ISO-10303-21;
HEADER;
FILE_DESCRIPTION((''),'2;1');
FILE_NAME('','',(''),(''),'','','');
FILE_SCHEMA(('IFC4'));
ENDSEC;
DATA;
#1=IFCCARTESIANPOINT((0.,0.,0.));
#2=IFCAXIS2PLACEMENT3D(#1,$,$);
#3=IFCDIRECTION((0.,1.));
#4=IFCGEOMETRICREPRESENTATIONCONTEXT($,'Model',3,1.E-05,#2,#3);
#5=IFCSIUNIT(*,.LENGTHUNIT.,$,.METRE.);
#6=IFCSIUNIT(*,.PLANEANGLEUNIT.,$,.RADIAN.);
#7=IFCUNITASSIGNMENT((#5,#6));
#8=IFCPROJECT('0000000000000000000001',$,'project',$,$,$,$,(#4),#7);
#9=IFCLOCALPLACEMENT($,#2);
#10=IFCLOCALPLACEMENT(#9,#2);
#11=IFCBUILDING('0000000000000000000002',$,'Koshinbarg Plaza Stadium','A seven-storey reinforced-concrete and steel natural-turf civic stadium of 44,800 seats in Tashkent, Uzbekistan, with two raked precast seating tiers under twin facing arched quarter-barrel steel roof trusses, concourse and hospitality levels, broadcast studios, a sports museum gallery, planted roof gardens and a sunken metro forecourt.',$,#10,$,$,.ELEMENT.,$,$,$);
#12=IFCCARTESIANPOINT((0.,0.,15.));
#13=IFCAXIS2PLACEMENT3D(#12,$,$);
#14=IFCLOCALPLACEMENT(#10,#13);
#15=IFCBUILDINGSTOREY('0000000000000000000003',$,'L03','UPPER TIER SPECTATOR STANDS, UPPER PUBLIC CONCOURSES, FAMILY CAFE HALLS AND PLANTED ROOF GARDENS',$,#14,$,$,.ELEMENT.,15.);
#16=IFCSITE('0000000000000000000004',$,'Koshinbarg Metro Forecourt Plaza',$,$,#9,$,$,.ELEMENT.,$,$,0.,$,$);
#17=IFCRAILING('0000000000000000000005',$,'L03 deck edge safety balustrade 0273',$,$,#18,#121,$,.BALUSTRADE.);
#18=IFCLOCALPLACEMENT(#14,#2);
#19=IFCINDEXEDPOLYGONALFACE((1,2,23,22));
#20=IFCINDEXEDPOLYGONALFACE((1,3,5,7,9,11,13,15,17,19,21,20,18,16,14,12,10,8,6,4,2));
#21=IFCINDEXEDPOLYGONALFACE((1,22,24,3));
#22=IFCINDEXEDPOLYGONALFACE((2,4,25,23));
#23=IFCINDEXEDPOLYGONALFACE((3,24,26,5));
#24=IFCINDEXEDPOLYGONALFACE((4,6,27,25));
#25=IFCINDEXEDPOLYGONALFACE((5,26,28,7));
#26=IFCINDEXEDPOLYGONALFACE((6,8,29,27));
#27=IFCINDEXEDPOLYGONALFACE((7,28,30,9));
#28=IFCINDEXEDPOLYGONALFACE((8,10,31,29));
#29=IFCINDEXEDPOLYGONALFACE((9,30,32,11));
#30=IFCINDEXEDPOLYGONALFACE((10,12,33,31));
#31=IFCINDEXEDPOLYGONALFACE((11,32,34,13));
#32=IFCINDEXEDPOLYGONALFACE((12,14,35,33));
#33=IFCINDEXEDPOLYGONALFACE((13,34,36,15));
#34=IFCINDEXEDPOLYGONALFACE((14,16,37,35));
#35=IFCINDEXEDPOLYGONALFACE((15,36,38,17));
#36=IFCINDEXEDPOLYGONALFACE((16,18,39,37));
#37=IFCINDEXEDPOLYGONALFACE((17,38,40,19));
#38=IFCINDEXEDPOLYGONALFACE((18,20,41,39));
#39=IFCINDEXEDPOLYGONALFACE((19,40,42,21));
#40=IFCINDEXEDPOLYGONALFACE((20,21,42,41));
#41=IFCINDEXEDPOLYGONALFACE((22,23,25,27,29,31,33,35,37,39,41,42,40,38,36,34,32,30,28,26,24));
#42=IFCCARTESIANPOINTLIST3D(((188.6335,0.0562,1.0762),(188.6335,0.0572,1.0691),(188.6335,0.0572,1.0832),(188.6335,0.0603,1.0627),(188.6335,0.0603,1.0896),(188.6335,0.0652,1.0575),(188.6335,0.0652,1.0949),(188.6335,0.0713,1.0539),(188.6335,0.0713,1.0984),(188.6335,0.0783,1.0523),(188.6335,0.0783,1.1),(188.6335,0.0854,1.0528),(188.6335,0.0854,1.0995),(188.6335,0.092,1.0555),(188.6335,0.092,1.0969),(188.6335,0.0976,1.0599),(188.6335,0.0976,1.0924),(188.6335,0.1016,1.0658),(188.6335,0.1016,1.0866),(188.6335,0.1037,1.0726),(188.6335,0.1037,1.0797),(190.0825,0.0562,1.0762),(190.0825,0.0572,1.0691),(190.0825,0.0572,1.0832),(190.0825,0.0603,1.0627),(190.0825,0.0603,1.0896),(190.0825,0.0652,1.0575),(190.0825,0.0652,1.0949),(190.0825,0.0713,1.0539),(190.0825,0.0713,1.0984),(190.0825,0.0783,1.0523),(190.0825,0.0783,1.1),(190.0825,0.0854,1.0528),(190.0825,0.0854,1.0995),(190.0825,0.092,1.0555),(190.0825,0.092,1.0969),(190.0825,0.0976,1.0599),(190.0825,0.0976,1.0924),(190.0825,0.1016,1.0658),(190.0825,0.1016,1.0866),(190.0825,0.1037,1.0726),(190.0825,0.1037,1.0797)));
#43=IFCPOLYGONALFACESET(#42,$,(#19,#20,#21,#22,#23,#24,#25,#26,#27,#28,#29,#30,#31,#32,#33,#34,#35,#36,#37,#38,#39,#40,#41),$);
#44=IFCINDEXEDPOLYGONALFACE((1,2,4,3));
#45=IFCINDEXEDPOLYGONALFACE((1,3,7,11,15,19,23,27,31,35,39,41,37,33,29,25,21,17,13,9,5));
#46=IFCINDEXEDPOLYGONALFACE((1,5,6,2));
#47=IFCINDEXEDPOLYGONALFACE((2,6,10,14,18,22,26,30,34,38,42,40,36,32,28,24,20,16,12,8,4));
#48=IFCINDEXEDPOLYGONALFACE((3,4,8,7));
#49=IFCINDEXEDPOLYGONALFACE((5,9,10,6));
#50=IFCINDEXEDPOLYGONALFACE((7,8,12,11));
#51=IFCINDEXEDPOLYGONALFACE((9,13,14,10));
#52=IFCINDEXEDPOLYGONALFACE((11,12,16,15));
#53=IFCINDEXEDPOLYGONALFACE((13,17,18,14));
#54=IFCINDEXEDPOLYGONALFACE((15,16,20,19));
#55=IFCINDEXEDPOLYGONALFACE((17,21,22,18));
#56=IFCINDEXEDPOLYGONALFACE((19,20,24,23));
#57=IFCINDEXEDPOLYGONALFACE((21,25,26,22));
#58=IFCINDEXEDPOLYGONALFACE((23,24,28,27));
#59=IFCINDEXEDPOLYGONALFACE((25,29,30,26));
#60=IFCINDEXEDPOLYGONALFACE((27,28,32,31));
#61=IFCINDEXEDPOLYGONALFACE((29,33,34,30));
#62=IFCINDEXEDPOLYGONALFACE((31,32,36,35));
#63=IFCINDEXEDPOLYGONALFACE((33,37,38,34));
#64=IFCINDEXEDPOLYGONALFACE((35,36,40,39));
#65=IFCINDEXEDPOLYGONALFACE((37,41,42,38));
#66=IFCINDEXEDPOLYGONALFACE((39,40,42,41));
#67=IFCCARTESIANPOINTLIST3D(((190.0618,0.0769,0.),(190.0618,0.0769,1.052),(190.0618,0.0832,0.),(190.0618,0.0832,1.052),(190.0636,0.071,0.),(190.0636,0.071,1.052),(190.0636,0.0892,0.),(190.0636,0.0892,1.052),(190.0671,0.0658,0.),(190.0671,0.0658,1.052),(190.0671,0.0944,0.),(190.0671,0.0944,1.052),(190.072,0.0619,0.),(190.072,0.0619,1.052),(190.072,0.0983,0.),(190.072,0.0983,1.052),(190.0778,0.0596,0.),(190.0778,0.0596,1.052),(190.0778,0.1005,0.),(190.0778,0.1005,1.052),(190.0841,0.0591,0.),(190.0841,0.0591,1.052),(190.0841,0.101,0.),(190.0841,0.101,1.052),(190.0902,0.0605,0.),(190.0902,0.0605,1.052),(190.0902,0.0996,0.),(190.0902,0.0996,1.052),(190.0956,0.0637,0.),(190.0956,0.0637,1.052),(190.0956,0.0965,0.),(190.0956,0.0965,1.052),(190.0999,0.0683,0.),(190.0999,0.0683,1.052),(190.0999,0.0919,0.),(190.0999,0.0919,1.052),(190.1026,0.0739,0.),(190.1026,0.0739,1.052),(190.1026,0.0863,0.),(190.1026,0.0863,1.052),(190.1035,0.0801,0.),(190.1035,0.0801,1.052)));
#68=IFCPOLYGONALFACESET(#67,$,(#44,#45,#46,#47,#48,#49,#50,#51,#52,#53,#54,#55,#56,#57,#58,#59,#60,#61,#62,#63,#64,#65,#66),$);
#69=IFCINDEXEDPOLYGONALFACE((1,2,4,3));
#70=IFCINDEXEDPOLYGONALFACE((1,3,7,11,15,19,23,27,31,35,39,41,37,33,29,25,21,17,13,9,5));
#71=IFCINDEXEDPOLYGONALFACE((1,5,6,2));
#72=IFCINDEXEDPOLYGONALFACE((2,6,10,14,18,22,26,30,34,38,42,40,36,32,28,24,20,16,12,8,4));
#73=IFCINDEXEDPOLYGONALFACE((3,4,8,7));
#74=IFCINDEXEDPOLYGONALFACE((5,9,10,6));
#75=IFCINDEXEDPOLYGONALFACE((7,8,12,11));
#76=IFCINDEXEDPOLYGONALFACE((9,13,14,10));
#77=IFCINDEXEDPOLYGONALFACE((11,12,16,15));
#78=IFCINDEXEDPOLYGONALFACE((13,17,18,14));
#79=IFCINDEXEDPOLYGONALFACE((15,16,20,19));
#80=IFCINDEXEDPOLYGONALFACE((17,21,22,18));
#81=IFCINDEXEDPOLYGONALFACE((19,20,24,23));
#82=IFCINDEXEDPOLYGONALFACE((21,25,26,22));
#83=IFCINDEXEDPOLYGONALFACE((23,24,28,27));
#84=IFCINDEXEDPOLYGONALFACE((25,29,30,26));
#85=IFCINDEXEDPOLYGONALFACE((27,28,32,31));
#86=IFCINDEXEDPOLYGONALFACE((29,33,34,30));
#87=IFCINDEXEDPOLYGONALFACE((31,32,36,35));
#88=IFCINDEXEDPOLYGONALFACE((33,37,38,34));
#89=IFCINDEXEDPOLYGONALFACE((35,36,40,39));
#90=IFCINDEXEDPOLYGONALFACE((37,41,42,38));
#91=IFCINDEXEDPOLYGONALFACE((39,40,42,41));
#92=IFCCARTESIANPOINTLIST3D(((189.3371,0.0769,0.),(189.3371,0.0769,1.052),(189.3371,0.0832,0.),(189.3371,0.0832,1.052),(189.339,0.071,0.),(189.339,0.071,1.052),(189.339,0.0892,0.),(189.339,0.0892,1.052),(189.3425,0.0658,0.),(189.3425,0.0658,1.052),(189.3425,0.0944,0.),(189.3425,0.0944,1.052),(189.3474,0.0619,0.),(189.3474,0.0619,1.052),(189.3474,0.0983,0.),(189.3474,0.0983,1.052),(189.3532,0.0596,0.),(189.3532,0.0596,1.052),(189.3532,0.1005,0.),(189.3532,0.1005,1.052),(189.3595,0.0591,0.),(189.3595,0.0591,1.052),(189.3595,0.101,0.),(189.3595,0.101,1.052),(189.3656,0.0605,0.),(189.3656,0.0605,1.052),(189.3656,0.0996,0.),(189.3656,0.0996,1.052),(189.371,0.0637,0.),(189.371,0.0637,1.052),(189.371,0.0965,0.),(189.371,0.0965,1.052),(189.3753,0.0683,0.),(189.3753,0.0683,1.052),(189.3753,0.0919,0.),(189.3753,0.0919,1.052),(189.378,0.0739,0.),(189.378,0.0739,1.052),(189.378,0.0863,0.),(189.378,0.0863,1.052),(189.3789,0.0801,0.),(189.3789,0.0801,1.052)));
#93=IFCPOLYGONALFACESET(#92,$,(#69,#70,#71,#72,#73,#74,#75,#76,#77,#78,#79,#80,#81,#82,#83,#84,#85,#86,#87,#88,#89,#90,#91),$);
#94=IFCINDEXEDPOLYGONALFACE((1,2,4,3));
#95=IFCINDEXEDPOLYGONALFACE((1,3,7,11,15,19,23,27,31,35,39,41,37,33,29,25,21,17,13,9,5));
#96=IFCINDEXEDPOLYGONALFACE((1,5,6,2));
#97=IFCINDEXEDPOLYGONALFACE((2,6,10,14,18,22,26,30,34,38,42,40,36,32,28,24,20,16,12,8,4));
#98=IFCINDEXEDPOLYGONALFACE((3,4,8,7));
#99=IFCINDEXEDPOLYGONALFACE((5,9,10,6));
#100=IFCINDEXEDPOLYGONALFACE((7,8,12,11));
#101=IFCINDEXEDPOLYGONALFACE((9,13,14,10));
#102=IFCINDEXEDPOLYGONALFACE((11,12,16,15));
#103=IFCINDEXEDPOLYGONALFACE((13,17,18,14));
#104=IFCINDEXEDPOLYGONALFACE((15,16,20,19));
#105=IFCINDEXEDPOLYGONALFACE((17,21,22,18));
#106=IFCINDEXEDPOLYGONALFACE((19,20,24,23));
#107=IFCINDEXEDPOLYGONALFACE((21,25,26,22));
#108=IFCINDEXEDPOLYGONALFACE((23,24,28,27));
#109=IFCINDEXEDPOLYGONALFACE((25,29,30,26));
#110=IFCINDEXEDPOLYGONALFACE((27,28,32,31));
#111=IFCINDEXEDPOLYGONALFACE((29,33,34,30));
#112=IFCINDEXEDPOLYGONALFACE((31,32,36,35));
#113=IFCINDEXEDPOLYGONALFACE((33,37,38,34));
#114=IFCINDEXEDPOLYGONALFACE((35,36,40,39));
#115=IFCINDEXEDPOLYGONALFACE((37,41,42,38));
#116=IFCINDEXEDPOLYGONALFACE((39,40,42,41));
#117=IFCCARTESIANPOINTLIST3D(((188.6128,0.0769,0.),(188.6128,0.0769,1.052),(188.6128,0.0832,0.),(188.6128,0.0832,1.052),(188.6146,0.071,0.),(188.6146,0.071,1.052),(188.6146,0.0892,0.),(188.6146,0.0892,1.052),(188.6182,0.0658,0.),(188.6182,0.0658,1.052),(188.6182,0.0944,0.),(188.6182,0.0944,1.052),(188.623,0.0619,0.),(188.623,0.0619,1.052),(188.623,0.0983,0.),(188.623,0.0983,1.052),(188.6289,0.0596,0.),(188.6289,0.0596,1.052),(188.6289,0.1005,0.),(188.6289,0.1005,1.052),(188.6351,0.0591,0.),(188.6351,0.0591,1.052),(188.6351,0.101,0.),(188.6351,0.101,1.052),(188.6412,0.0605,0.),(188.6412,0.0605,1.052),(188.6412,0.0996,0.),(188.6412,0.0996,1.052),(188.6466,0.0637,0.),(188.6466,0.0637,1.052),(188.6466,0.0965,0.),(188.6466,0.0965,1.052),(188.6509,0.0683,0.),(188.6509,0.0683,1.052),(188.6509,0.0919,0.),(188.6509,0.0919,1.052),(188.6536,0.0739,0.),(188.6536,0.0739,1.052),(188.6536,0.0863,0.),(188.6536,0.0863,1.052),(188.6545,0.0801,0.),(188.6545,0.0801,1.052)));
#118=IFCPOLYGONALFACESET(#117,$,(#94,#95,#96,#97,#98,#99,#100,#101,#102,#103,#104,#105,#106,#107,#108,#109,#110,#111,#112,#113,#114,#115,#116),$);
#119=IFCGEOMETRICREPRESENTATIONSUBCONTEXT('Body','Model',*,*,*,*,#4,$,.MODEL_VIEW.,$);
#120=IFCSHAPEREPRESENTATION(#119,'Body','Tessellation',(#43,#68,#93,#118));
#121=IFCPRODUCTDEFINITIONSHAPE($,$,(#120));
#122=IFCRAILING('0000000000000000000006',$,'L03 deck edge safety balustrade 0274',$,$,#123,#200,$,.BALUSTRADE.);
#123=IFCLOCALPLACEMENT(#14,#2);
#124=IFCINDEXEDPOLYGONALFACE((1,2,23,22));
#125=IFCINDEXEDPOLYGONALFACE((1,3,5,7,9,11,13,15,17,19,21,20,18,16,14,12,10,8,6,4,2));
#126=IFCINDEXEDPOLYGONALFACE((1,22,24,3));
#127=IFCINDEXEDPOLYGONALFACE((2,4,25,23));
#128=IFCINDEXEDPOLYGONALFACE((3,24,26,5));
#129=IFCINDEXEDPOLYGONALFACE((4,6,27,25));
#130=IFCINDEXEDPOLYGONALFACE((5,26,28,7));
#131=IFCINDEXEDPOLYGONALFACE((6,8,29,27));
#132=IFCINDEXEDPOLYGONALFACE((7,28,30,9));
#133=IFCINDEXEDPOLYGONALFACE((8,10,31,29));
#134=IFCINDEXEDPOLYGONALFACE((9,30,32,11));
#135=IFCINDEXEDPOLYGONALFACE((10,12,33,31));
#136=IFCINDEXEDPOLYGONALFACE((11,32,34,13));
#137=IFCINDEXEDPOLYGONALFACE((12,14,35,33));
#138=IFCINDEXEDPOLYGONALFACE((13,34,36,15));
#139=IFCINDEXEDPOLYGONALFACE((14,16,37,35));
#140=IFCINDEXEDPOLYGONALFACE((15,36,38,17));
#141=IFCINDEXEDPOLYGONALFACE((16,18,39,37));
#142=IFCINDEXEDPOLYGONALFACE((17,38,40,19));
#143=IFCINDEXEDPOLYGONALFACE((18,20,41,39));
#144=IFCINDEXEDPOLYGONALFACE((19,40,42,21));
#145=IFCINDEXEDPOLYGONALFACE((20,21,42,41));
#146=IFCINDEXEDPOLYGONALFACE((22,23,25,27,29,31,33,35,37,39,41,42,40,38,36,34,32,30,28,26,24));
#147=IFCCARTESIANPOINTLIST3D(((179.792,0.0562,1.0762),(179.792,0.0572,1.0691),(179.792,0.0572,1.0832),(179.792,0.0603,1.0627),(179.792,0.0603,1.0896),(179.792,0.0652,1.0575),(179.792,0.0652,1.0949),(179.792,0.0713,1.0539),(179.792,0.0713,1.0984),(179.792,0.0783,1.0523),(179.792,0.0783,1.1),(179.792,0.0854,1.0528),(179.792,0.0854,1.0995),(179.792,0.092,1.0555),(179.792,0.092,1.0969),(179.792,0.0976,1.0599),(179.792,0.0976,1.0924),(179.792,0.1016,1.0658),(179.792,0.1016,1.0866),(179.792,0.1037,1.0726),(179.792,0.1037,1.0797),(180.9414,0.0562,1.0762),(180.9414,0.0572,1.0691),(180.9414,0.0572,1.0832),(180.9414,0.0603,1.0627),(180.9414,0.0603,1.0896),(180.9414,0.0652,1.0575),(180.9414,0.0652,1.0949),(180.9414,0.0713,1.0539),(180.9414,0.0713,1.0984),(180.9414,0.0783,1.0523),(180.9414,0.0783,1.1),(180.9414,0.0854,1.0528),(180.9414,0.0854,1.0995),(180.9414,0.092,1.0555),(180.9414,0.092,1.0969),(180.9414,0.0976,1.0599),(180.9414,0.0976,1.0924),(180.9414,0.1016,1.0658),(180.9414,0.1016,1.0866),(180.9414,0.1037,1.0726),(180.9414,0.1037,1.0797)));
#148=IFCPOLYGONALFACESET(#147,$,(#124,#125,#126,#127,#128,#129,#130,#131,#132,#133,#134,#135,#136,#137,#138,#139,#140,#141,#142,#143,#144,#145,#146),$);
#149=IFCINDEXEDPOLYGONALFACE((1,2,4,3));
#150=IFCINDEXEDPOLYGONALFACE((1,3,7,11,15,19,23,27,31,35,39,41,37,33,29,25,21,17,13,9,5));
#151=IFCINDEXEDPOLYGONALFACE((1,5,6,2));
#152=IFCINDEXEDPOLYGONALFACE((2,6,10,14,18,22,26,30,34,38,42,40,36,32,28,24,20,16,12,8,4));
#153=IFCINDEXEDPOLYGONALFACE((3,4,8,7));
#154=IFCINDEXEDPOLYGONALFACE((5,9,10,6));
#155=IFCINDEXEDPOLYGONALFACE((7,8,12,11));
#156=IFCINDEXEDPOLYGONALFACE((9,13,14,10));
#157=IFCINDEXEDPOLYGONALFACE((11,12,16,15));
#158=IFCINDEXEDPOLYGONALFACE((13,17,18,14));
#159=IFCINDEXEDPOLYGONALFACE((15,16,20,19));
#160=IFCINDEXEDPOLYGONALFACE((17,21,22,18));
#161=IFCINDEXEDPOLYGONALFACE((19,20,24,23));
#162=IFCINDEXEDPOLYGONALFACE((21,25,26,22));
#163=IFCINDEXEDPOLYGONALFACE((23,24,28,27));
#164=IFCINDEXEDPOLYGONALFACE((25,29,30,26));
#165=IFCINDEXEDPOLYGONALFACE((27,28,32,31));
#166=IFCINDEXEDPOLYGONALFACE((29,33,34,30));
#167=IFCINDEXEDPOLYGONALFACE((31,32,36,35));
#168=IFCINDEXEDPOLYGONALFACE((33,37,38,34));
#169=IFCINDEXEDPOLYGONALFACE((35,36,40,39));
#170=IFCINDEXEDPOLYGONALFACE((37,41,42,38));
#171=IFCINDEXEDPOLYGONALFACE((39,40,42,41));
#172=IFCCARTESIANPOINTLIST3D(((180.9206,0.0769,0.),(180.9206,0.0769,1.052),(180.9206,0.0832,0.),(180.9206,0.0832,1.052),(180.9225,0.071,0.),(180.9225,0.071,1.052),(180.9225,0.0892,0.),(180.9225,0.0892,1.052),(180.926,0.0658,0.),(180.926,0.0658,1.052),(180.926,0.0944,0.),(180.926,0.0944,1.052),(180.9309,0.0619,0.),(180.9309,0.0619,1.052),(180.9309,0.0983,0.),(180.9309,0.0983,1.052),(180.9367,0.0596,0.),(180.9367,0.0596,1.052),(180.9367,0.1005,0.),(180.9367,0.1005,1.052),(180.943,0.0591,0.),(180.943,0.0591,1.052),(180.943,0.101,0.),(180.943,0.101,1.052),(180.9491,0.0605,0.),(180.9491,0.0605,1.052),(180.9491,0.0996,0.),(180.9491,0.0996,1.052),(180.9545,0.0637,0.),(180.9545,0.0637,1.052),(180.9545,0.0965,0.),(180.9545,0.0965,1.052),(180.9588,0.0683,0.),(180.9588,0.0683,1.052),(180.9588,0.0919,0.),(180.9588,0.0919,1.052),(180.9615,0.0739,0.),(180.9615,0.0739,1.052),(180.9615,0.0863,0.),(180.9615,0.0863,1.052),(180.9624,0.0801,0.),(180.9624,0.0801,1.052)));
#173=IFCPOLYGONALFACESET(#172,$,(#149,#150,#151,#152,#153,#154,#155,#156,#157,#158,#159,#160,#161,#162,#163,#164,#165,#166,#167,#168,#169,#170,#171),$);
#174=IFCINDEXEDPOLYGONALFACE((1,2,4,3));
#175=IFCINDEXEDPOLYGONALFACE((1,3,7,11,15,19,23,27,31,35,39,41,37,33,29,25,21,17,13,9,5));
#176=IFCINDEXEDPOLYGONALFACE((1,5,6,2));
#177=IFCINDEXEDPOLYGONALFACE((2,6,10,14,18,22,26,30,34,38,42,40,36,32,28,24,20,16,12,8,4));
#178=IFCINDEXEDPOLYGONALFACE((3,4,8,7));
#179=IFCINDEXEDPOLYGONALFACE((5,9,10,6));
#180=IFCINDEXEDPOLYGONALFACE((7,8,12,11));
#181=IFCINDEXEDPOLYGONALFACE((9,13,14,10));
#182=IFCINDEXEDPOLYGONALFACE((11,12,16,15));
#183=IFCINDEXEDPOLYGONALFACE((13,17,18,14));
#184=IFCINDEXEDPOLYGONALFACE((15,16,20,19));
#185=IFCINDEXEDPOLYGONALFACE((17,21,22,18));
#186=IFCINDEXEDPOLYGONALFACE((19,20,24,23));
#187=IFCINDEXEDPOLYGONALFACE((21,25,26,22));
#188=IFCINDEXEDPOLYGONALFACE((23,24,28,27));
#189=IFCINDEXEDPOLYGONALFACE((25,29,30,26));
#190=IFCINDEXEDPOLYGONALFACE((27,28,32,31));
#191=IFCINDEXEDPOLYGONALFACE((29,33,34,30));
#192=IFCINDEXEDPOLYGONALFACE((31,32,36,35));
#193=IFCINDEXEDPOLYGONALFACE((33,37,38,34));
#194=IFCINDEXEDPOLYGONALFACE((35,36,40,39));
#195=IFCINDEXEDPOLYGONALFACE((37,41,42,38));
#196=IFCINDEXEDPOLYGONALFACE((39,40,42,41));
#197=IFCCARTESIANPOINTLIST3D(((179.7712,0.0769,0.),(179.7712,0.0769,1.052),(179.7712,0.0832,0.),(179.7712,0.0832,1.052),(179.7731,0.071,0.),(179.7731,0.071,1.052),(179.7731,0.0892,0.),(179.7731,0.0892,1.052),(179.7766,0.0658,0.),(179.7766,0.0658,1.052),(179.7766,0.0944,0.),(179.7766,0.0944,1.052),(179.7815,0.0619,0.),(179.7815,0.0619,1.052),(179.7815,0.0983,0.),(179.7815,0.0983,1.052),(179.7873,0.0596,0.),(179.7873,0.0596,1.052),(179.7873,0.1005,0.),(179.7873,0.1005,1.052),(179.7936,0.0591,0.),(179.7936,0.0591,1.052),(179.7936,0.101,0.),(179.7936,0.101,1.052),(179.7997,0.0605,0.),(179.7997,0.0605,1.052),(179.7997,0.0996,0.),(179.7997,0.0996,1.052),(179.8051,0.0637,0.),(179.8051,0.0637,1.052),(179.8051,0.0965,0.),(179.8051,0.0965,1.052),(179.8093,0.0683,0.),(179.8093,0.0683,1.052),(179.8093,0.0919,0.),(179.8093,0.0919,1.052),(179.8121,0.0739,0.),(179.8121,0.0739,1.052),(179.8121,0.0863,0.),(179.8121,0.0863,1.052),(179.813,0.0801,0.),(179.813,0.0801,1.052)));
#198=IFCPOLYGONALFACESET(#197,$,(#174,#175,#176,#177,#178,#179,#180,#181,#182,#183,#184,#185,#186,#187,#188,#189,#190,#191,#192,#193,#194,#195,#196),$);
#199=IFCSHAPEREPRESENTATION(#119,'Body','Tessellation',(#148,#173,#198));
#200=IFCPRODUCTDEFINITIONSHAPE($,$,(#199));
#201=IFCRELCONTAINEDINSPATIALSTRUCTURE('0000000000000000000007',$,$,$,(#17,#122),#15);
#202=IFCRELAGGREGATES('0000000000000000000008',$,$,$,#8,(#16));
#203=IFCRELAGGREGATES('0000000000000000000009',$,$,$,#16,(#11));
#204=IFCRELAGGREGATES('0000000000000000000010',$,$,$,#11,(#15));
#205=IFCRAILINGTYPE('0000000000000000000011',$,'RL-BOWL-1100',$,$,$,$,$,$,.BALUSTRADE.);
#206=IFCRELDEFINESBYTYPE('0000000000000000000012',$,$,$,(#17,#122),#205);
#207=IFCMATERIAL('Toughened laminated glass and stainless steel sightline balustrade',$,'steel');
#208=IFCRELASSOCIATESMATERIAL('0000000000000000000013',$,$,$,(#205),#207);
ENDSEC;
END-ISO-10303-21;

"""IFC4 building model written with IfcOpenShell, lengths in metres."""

from ifc_helpers import new_model, si_unit, direction, frame, origin, origin_2d, place, context, subcontext, project, spatial, circle, extrude, material, type_object, element, save


model = new_model("IFC4")

# Units and contexts
model_context = context("Model", 3, precision=1e-05, world=origin(), true_north=direction((0.0, 1.0)))
body_context = subcontext(model_context, "Body", "Model", "MODEL_VIEW")
ifc_project = project(units=[si_unit("LENGTHUNIT", "METRE"), si_unit("PLANEANGLEUNIT", "RADIAN")], contexts=[model_context])

# Site, building, storey
site_placement = place(None, origin())
site = spatial("IfcSite", under=ifc_project, at=site_placement, Name="Koshinbarg Metro Forecourt Plaza", CompositionType="ELEMENT", RefElevation=0.0)
building_placement = place(site_placement, origin())
building = spatial("IfcBuilding", under=site, at=building_placement, Name="Koshinbarg Plaza Stadium", Description="A seven-storey reinforced-concrete and steel natural-turf civic stadium of 44,800 seats in Tashkent, Uzbekistan, with two raked precast seating tiers under twin facing arched quarter-barrel steel roof trusses, concourse and hospitality levels, broadcast studios, a sports museum gallery, planted roof gardens and a sunken metro forecourt.", CompositionType="ELEMENT")
storey_placement = place(building_placement, frame((0.0, 0.0, 15.0)))
storey = spatial("IfcBuildingStorey", under=building, at=storey_placement, Name="L03", Description="UPPER TIER SPECTATOR STANDS, UPPER PUBLIC CONCOURSES, FAMILY CAFE HALLS AND PLANTED ROOF GARDENS", CompositionType="ELEMENT", Elevation=15.0)

# Railings
ifc_material_1 = material(Name="Toughened laminated glass and stainless steel sightline balustrade", Category="steel")
railing_type = type_object("IfcRailingType", Name="RL-BOWL-1100", PredefinedType="BALUSTRADE", material=ifc_material_1)
railing_1_placement = place(storey_placement, frame((190.0825, 0.0801, 0.0)))
element("IfcRailing", 1, at=railing_1_placement, inside=storey, type_object=railing_type, Name="L03 deck edge safety balustrade 0273", PredefinedType="BALUSTRADE", context=body_context, shape_type="SweptSolid", body=[
    extrude(circle(Radius=0.0239, at=origin_2d()), frame((0.0, 0.0, 1.0762), z_axis=(-1.0, 0.0, 0.0), x_axis=(0.0, -1.0, 0.0)), (0.0, 0.0, 1.0), 1.449),
    extrude(circle(Radius=0.021, at=origin_2d()), origin(), (0.0, 0.0, 1.0), 1.052),
    extrude(circle(Radius=0.021, at=origin_2d()), frame((-0.7246, 0.0, 0.0)), (0.0, 0.0, 1.0), 1.052),
    extrude(circle(Radius=0.021, at=origin_2d()), frame((-1.449, 0.0, 0.0)), (0.0, 0.0, 1.0), 1.052),
])
railing_2_placement = place(storey_placement, frame((180.9414, 0.0801, 0.0)))
element("IfcRailing", 2, at=railing_2_placement, inside=storey, type_object=railing_type, Name="L03 deck edge safety balustrade 0274", PredefinedType="BALUSTRADE", context=body_context, shape_type="SweptSolid", body=[
    extrude(circle(Radius=0.0239, at=origin_2d()), frame((0.0, 0.0, 1.0762), z_axis=(-1.0, 0.0, 0.0), x_axis=(0.0, -1.0, 0.0)), (0.0, 0.0, 1.0), 1.1494),
    extrude(circle(Radius=0.021, at=origin_2d()), origin(), (0.0, 0.0, 1.0), 1.052),
    extrude(circle(Radius=0.021, at=origin_2d()), frame((-1.1494, 0.0, 0.0)), (0.0, 0.0, 1.0), 1.052),
])

save(model, "model.ifc")
